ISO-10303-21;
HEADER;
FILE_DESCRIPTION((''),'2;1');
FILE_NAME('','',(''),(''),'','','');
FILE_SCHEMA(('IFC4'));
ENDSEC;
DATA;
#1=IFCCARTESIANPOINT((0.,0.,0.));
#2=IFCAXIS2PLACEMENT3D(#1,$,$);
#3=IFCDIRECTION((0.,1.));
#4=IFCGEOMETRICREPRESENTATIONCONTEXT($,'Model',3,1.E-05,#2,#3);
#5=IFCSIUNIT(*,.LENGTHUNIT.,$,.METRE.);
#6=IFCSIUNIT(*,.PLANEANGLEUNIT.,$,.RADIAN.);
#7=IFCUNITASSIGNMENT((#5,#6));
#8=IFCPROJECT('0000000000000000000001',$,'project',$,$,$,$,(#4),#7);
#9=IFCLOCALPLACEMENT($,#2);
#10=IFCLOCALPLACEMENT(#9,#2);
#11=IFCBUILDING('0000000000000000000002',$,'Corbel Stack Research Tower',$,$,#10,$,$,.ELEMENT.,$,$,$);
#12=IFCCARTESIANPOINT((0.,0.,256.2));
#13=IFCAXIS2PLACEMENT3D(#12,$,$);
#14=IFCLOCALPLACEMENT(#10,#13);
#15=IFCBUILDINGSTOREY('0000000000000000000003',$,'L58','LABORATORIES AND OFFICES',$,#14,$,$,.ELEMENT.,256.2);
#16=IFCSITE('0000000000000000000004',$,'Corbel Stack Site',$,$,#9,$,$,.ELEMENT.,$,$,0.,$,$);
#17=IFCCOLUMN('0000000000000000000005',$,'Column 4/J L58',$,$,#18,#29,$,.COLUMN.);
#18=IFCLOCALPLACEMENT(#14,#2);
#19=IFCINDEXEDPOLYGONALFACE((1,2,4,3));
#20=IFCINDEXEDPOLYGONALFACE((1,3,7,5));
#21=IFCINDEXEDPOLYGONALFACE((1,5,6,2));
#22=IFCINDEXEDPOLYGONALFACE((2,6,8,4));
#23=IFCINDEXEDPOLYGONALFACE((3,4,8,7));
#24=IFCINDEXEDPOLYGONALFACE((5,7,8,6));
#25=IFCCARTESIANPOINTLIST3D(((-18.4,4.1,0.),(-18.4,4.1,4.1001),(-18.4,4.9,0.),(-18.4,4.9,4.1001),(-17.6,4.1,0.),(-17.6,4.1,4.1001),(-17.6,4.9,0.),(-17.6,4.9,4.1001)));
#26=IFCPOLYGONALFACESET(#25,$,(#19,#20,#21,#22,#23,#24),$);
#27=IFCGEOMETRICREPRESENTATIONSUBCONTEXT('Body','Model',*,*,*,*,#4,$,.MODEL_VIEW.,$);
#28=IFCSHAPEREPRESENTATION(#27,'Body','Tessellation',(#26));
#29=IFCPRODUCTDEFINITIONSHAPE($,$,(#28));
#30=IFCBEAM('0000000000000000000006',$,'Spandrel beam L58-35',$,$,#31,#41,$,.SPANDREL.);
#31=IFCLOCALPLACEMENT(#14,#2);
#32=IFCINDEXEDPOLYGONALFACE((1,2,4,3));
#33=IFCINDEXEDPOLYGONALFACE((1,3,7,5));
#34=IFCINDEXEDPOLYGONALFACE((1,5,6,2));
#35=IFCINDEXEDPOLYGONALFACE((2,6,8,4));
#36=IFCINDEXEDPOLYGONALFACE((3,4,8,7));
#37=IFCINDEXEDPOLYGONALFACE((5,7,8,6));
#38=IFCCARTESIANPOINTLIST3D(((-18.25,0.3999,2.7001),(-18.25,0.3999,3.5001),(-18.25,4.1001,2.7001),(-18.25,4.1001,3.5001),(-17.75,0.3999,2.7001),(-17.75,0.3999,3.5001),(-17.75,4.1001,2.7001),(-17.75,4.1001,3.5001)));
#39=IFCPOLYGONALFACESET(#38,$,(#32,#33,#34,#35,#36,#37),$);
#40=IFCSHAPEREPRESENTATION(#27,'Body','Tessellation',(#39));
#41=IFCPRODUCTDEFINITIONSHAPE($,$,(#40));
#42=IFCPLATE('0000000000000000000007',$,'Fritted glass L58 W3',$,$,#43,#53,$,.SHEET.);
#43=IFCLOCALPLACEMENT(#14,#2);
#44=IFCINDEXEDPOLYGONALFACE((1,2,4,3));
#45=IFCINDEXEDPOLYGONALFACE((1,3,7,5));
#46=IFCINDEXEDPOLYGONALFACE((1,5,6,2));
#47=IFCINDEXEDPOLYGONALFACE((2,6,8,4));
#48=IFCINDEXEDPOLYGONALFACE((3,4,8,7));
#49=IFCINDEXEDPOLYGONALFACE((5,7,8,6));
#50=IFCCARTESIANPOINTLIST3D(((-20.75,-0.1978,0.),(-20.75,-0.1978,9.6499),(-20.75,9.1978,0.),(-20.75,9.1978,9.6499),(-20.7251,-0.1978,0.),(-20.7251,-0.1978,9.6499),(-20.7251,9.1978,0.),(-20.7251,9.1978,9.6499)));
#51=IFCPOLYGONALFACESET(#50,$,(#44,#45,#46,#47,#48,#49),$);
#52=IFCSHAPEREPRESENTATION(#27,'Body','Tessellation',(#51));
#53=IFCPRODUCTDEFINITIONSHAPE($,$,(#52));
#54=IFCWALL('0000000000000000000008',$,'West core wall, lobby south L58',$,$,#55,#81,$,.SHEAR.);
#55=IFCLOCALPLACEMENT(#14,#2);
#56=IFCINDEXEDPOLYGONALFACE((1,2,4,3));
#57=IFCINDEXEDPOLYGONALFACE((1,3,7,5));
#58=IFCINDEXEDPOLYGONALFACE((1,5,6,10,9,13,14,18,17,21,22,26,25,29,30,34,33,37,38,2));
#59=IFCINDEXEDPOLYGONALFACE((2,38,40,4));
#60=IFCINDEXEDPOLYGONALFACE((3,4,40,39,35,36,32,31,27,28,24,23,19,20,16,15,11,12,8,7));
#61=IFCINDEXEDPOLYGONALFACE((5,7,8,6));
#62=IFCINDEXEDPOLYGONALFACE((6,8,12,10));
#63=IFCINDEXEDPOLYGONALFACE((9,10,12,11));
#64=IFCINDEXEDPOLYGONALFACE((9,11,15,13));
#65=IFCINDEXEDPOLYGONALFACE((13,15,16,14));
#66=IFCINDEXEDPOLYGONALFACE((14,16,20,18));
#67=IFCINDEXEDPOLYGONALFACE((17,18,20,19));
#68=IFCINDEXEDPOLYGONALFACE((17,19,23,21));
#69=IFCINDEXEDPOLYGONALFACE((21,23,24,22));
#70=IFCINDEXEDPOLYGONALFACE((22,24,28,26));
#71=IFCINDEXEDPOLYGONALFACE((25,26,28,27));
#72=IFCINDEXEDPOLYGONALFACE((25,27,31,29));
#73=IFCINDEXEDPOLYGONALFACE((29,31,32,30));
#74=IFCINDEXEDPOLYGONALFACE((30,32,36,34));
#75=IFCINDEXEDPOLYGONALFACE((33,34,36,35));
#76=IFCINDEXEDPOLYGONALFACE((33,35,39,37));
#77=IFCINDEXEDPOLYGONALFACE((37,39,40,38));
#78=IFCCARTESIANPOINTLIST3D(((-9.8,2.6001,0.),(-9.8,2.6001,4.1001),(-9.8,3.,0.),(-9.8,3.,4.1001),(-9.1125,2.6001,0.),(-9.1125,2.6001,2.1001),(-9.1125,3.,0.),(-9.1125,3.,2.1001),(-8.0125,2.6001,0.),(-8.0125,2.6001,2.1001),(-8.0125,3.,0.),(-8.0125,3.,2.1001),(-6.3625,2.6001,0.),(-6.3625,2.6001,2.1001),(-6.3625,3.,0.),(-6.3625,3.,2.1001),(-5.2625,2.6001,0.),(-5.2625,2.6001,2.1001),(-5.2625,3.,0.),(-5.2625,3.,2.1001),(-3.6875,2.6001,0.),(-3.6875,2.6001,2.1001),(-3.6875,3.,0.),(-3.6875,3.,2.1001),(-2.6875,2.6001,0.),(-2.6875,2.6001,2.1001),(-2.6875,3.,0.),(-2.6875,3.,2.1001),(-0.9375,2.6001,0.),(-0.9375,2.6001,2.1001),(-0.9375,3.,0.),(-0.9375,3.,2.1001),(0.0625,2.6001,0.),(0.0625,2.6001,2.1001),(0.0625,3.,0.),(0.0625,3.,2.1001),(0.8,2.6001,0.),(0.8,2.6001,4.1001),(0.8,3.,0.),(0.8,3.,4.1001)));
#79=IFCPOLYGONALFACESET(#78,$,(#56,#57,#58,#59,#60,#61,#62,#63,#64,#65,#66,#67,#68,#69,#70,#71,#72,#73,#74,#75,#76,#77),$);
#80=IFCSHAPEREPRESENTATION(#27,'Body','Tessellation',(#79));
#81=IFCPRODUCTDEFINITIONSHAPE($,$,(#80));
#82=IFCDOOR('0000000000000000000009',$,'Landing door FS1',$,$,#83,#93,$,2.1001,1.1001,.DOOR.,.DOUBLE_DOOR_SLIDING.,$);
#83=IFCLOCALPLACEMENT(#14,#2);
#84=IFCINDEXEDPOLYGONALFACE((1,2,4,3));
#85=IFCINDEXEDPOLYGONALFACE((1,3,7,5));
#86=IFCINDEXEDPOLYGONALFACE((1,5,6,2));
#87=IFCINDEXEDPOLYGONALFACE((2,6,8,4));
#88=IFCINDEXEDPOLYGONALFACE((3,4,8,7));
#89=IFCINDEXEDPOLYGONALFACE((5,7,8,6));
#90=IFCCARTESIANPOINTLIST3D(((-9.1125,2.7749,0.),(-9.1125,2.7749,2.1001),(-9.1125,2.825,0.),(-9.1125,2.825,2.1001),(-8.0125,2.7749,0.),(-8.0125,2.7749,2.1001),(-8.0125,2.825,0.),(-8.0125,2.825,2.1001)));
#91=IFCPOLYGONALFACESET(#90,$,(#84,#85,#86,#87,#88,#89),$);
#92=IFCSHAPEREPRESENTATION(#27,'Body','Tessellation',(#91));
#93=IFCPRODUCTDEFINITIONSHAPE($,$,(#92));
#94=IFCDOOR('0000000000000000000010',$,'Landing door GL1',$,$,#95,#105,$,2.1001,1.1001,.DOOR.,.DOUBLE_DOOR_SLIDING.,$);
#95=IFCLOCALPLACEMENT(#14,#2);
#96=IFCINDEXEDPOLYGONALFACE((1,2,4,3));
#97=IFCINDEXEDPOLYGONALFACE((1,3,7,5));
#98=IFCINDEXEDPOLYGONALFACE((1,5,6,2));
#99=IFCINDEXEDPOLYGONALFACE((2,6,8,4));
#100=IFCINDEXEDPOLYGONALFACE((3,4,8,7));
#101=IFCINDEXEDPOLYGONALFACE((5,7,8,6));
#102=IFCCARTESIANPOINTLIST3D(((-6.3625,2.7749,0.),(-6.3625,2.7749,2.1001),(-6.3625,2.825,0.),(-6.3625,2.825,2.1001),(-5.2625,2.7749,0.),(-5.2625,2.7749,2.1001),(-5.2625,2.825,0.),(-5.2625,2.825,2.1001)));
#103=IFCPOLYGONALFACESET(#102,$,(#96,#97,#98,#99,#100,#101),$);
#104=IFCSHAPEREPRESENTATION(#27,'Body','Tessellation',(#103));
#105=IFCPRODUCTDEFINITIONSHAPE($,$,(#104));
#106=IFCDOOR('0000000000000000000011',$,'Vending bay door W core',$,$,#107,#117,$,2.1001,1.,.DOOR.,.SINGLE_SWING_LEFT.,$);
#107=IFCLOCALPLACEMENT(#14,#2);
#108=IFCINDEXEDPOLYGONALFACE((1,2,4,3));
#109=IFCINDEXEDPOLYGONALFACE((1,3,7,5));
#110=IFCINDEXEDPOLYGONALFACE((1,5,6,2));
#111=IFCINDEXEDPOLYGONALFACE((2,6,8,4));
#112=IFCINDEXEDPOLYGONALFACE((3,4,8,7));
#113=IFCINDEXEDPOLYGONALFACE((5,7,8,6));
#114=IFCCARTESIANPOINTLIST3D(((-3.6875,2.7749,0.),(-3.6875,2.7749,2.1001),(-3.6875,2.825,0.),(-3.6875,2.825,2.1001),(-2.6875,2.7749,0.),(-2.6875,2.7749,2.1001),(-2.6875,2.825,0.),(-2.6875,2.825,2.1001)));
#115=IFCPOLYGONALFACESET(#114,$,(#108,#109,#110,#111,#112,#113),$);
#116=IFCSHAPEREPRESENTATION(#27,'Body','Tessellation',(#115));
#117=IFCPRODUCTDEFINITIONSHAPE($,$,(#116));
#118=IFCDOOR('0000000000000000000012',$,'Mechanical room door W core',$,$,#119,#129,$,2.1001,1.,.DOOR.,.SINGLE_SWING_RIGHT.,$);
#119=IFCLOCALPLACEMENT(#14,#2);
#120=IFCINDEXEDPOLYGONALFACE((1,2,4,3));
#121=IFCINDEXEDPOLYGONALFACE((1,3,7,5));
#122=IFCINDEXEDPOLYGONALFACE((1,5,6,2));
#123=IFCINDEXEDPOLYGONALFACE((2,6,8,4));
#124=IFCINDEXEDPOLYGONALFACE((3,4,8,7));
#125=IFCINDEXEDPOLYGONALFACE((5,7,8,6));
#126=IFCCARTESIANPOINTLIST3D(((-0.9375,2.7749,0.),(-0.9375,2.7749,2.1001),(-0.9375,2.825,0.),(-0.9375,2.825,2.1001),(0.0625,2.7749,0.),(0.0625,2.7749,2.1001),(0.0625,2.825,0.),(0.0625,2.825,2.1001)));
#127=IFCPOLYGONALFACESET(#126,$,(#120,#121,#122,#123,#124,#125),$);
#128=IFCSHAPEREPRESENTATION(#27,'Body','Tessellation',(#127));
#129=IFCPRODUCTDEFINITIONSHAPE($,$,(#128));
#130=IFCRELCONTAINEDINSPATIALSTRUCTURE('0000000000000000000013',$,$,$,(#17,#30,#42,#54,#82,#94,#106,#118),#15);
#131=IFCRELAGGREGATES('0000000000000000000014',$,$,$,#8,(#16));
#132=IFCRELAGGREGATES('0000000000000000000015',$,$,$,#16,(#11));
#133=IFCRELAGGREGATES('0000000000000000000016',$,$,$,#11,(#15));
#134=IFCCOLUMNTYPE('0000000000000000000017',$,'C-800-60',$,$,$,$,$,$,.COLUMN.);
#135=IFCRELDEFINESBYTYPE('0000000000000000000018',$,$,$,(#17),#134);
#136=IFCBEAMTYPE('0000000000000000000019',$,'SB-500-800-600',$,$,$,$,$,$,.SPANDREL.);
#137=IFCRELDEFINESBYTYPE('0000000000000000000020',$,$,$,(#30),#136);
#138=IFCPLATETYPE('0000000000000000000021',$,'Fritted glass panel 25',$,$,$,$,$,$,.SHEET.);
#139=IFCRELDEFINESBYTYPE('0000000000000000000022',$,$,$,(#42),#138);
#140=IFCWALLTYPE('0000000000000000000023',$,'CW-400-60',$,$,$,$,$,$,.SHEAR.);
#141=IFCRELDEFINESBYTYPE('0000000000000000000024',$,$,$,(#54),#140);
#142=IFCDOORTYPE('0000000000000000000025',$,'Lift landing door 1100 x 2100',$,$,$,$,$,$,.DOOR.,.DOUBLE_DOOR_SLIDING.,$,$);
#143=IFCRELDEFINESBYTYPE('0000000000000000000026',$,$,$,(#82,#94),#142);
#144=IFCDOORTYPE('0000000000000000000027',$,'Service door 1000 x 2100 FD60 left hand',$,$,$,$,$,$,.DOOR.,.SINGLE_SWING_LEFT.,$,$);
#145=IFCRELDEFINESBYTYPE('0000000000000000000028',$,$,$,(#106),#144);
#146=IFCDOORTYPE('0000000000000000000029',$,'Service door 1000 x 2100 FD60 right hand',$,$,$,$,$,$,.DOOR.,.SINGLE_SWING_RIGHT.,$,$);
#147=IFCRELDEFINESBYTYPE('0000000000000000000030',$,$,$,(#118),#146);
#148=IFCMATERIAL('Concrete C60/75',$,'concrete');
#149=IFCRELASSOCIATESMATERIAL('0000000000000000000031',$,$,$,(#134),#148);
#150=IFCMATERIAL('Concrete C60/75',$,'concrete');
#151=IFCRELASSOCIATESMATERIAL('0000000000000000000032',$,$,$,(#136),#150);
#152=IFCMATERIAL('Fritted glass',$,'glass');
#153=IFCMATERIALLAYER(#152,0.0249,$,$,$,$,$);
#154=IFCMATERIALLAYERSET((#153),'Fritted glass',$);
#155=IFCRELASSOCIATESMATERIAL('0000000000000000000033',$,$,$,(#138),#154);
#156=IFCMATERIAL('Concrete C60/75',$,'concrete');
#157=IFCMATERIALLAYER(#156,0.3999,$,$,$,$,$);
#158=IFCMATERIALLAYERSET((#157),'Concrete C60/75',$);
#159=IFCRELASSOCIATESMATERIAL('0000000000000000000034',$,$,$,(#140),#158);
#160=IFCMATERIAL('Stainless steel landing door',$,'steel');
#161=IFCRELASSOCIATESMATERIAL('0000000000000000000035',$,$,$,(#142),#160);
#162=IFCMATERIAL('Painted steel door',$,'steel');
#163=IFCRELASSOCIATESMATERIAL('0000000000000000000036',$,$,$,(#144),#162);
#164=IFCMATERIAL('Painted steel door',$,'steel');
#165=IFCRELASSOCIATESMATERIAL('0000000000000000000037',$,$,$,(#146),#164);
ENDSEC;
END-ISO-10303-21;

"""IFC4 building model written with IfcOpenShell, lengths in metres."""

from ifc_helpers import new_model, si_unit, direction, frame, frame_2d, origin, origin_2d, place, context, subcontext, project, spatial, rectangle, extrude, material, layer, layer_set, material_profile, profile_set, type_object, element, fill, save


model = new_model("IFC4")

# Units and contexts
model_context = context("Model", 3, precision=1e-05, world=origin(), true_north=direction((0.0, 1.0)))
body_context = subcontext(model_context, "Body", "Model", "MODEL_VIEW")
ifc_project = project(units=[si_unit("LENGTHUNIT", "METRE"), si_unit("PLANEANGLEUNIT", "RADIAN")], contexts=[model_context])

# Site, building, storey
site_placement = place(None, origin())
site = spatial("IfcSite", under=ifc_project, at=site_placement, Name="Corbel Stack Site", CompositionType="ELEMENT", RefElevation=0.0)
building_placement = place(site_placement, origin())
building = spatial("IfcBuilding", under=site, at=building_placement, Name="Corbel Stack Research Tower", CompositionType="ELEMENT")
storey_placement = place(building_placement, frame((0.0, 0.0, 256.2)))
storey = spatial("IfcBuildingStorey", under=building, at=storey_placement, Name="L58", Description="LABORATORIES AND OFFICES", CompositionType="ELEMENT", Elevation=256.2)

# Column
ifc_material_1 = material(Name="Concrete C60/75", Category="concrete")
ifc_material_profile_1 = material_profile(ifc_material_1, rectangle(XDim=0.8, YDim=0.8, at=origin_2d()), Name="RC 800 x 800")
ifc_profile_set_1 = profile_set([ifc_material_profile_1], Name="Concrete C60/75")
column_type = type_object("IfcColumnType", Name="C-800-60", PredefinedType="COLUMN", material=ifc_profile_set_1)
column_placement = place(storey_placement, frame((-18.0, 4.5, 0.0), z_axis=(0.0, 0.0, 1.0), x_axis=(1.0, 0.0, 0.0)))
element("IfcColumn", 1, at=column_placement, inside=storey, type_object=column_type, Name="Column 4/J L58", PredefinedType="COLUMN", context=body_context, shape_type="SweptSolid", body=[
    extrude(rectangle(XDim=0.8, YDim=0.8, at=origin_2d()), origin(), (0.0, 0.0, 1.0), 4.1001),
])

# Beam
ifc_material_2 = material(Name="Concrete C60/75", Category="concrete")
ifc_material_profile_2 = material_profile(ifc_material_2, rectangle(XDim=0.5, YDim=0.8, at=origin_2d()), Name="RC 500 x 800")
ifc_profile_set_2 = profile_set([ifc_material_profile_2], Name="Concrete C60/75")
beam_type = type_object("IfcBeamType", Name="SB-500-800-600", PredefinedType="SPANDREL", material=ifc_profile_set_2)
beam_placement = place(storey_placement, frame((-18.0, 4.1001, 3.1001), z_axis=(0.0, -1.0, 0.0), x_axis=(1.0, 0.0, 0.0)))
element("IfcBeam", 2, at=beam_placement, inside=storey, type_object=beam_type, Name="Spandrel beam L58-35", PredefinedType="SPANDREL", context=body_context, shape_type="SweptSolid", body=[
    extrude(rectangle(XDim=0.5, YDim=0.8, at=origin_2d()), origin(), (0.0, 0.0, 1.0), 3.7002),
])

# Plate
ifc_material_3 = material(Name="Fritted glass", Category="glass")
ifc_layer_1 = layer(ifc_material_3, 0.0249)
ifc_layer_set_1 = layer_set([ifc_layer_1], Name="Fritted glass")
plate_type = type_object("IfcPlateType", Name="Fritted glass panel 25", PredefinedType="SHEET", material=ifc_layer_set_1)
plate_placement = place(storey_placement, frame((-20.7375, 4.5, 0.0), z_axis=(0.0, 0.0, 1.0), x_axis=(0.0, -1.0, 0.0)))
element("IfcPlate", 3, at=plate_placement, inside=storey, type_object=plate_type, Name="Fritted glass L58 W3", PredefinedType="SHEET", context=body_context, shape_type="SweptSolid", body=[
    extrude(rectangle(XDim=9.3955, YDim=0.0249, at=origin_2d()), origin(), (0.0, 0.0, 1.0), 9.6499),
])

# Wall, openings, doors
ifc_material_4 = material(Name="Concrete C60/75", Category="concrete")
ifc_layer_2 = layer(ifc_material_4, 0.3999)
ifc_layer_set_2 = layer_set([ifc_layer_2], Name="Concrete C60/75")
wall_type_1 = type_object("IfcWallType", Name="CW-400-60", PredefinedType="SHEAR", material=ifc_layer_set_2)
wall_1_placement = place(storey_placement, frame((-9.8, 2.8, 0.0), z_axis=(0.0, 0.0, 1.0), x_axis=(1.0, 0.0, 0.0)))
wall_1 = element("IfcWall", 4, at=wall_1_placement, inside=storey, type_object=wall_type_1, Name="West core wall, lobby south L58", PredefinedType="SHEAR", context=body_context, shape_type="SweptSolid", body=[
    extrude(rectangle(XDim=10.6001, YDim=0.3999, at=frame_2d((5.3, 0.0))), origin(), (0.0, 0.0, 1.0), 4.1001),
])
opening_1_placement = place(wall_1_placement, frame((0.6875, 0.0, 0.0)))
opening_1 = element("IfcOpeningElement", 5, at=opening_1_placement, cuts=wall_1, PredefinedType="OPENING", context=body_context, shape_type="SweptSolid", body=[
    extrude(rectangle(XDim=1.1001, YDim=2.1001, at=frame_2d((0.55, 1.05))), frame((0.0, 0.21, 0.0), z_axis=(0.0, -1.0, 0.0), x_axis=(1.0, 0.0, 0.0)), (0.0, 0.0, 1.0), 0.4199),
])
opening_2_placement = place(wall_1_placement, frame((3.4375, 0.0, 0.0)))
opening_2 = element("IfcOpeningElement", 6, at=opening_2_placement, cuts=wall_1, PredefinedType="OPENING", context=body_context, shape_type="SweptSolid", body=[
    extrude(rectangle(XDim=1.1001, YDim=2.1001, at=frame_2d((0.55, 1.05))), frame((0.0, 0.21, 0.0), z_axis=(0.0, -1.0, 0.0), x_axis=(1.0, 0.0, 0.0)), (0.0, 0.0, 1.0), 0.4199),
])
opening_3_placement = place(wall_1_placement, frame((6.1125, 0.0, 0.0)))
opening_3 = element("IfcOpeningElement", 7, at=opening_3_placement, cuts=wall_1, PredefinedType="OPENING", context=body_context, shape_type="SweptSolid", body=[
    extrude(rectangle(XDim=1.0, YDim=2.1001, at=frame_2d((0.5, 1.05))), frame((0.0, 0.21, 0.0), z_axis=(0.0, -1.0, 0.0), x_axis=(1.0, 0.0, 0.0)), (0.0, 0.0, 1.0), 0.4199),
])
opening_4_placement = place(wall_1_placement, frame((8.8625, 0.0, 0.0)))
opening_4 = element("IfcOpeningElement", 8, at=opening_4_placement, cuts=wall_1, PredefinedType="OPENING", context=body_context, shape_type="SweptSolid", body=[
    extrude(rectangle(XDim=1.0, YDim=2.1001, at=frame_2d((0.5, 1.05))), frame((0.0, 0.21, 0.0), z_axis=(0.0, -1.0, 0.0), x_axis=(1.0, 0.0, 0.0)), (0.0, 0.0, 1.0), 0.4199),
])
ifc_material_5 = material(Name="Stainless steel landing door", Category="steel")
door_type_1 = type_object("IfcDoorType", Name="Lift landing door 1100 x 2100", OperationType="DOUBLE_DOOR_SLIDING", PredefinedType="DOOR", material=ifc_material_5)
door_1_placement = place(opening_1_placement, origin())
door_1 = element("IfcDoor", 9, at=door_1_placement, inside=storey, type_object=door_type_1, Name="Landing door FS1", OperationType="DOUBLE_DOOR_SLIDING", OverallHeight=2.1001, OverallWidth=1.1001, PredefinedType="DOOR", context=body_context, shape_type="SweptSolid", body=[
    extrude(rectangle(XDim=1.1001, YDim=2.1001, at=frame_2d((0.55, 1.05))), frame((0.0, 0.0249, 0.0), z_axis=(0.0, -1.0, 0.0), x_axis=(1.0, 0.0, 0.0)), (0.0, 0.0, 1.0), 0.05),
])
fill(opening_1, door_1)
door_2_placement = place(opening_2_placement, origin())
door_2 = element("IfcDoor", 10, at=door_2_placement, inside=storey, type_object=door_type_1, Name="Landing door GL1", OperationType="DOUBLE_DOOR_SLIDING", OverallHeight=2.1001, OverallWidth=1.1001, PredefinedType="DOOR", context=body_context, shape_type="SweptSolid", body=[
    extrude(rectangle(XDim=1.1001, YDim=2.1001, at=frame_2d((0.55, 1.05))), frame((0.0, 0.0249, 0.0), z_axis=(0.0, -1.0, 0.0), x_axis=(1.0, 0.0, 0.0)), (0.0, 0.0, 1.0), 0.05),
])
fill(opening_2, door_2)
ifc_material_6 = material(Name="Painted steel door", Category="steel")
door_type_2 = type_object("IfcDoorType", Name="Service door 1000 x 2100 FD60 left hand", OperationType="SINGLE_SWING_LEFT", PredefinedType="DOOR", material=ifc_material_6)
door_3_placement = place(opening_3_placement, origin())
door_3 = element("IfcDoor", 11, at=door_3_placement, inside=storey, type_object=door_type_2, Name="Vending bay door W core", OperationType="SINGLE_SWING_LEFT", OverallHeight=2.1001, OverallWidth=1.0, PredefinedType="DOOR", context=body_context, shape_type="SweptSolid", body=[
    extrude(rectangle(XDim=1.0, YDim=2.1001, at=frame_2d((0.5, 1.05))), frame((0.0, 0.0249, 0.0), z_axis=(0.0, -1.0, 0.0), x_axis=(1.0, 0.0, 0.0)), (0.0, 0.0, 1.0), 0.05),
])
fill(opening_3, door_3)
ifc_material_7 = material(Name="Painted steel door", Category="steel")
door_type_3 = type_object("IfcDoorType", Name="Service door 1000 x 2100 FD60 right hand", OperationType="SINGLE_SWING_RIGHT", PredefinedType="DOOR", material=ifc_material_7)
door_4_placement = place(opening_4_placement, origin())
door_4 = element("IfcDoor", 12, at=door_4_placement, inside=storey, type_object=door_type_3, Name="Mechanical room door W core", OperationType="SINGLE_SWING_RIGHT", OverallHeight=2.1001, OverallWidth=1.0, PredefinedType="DOOR", context=body_context, shape_type="SweptSolid", body=[
    extrude(rectangle(XDim=1.0, YDim=2.1001, at=frame_2d((0.5, 1.05))), frame((0.0, 0.0249, 0.0), z_axis=(0.0, -1.0, 0.0), x_axis=(1.0, 0.0, 0.0)), (0.0, 0.0, 1.0), 0.05),
])
fill(opening_4, door_4)

save(model, "model.ifc")
